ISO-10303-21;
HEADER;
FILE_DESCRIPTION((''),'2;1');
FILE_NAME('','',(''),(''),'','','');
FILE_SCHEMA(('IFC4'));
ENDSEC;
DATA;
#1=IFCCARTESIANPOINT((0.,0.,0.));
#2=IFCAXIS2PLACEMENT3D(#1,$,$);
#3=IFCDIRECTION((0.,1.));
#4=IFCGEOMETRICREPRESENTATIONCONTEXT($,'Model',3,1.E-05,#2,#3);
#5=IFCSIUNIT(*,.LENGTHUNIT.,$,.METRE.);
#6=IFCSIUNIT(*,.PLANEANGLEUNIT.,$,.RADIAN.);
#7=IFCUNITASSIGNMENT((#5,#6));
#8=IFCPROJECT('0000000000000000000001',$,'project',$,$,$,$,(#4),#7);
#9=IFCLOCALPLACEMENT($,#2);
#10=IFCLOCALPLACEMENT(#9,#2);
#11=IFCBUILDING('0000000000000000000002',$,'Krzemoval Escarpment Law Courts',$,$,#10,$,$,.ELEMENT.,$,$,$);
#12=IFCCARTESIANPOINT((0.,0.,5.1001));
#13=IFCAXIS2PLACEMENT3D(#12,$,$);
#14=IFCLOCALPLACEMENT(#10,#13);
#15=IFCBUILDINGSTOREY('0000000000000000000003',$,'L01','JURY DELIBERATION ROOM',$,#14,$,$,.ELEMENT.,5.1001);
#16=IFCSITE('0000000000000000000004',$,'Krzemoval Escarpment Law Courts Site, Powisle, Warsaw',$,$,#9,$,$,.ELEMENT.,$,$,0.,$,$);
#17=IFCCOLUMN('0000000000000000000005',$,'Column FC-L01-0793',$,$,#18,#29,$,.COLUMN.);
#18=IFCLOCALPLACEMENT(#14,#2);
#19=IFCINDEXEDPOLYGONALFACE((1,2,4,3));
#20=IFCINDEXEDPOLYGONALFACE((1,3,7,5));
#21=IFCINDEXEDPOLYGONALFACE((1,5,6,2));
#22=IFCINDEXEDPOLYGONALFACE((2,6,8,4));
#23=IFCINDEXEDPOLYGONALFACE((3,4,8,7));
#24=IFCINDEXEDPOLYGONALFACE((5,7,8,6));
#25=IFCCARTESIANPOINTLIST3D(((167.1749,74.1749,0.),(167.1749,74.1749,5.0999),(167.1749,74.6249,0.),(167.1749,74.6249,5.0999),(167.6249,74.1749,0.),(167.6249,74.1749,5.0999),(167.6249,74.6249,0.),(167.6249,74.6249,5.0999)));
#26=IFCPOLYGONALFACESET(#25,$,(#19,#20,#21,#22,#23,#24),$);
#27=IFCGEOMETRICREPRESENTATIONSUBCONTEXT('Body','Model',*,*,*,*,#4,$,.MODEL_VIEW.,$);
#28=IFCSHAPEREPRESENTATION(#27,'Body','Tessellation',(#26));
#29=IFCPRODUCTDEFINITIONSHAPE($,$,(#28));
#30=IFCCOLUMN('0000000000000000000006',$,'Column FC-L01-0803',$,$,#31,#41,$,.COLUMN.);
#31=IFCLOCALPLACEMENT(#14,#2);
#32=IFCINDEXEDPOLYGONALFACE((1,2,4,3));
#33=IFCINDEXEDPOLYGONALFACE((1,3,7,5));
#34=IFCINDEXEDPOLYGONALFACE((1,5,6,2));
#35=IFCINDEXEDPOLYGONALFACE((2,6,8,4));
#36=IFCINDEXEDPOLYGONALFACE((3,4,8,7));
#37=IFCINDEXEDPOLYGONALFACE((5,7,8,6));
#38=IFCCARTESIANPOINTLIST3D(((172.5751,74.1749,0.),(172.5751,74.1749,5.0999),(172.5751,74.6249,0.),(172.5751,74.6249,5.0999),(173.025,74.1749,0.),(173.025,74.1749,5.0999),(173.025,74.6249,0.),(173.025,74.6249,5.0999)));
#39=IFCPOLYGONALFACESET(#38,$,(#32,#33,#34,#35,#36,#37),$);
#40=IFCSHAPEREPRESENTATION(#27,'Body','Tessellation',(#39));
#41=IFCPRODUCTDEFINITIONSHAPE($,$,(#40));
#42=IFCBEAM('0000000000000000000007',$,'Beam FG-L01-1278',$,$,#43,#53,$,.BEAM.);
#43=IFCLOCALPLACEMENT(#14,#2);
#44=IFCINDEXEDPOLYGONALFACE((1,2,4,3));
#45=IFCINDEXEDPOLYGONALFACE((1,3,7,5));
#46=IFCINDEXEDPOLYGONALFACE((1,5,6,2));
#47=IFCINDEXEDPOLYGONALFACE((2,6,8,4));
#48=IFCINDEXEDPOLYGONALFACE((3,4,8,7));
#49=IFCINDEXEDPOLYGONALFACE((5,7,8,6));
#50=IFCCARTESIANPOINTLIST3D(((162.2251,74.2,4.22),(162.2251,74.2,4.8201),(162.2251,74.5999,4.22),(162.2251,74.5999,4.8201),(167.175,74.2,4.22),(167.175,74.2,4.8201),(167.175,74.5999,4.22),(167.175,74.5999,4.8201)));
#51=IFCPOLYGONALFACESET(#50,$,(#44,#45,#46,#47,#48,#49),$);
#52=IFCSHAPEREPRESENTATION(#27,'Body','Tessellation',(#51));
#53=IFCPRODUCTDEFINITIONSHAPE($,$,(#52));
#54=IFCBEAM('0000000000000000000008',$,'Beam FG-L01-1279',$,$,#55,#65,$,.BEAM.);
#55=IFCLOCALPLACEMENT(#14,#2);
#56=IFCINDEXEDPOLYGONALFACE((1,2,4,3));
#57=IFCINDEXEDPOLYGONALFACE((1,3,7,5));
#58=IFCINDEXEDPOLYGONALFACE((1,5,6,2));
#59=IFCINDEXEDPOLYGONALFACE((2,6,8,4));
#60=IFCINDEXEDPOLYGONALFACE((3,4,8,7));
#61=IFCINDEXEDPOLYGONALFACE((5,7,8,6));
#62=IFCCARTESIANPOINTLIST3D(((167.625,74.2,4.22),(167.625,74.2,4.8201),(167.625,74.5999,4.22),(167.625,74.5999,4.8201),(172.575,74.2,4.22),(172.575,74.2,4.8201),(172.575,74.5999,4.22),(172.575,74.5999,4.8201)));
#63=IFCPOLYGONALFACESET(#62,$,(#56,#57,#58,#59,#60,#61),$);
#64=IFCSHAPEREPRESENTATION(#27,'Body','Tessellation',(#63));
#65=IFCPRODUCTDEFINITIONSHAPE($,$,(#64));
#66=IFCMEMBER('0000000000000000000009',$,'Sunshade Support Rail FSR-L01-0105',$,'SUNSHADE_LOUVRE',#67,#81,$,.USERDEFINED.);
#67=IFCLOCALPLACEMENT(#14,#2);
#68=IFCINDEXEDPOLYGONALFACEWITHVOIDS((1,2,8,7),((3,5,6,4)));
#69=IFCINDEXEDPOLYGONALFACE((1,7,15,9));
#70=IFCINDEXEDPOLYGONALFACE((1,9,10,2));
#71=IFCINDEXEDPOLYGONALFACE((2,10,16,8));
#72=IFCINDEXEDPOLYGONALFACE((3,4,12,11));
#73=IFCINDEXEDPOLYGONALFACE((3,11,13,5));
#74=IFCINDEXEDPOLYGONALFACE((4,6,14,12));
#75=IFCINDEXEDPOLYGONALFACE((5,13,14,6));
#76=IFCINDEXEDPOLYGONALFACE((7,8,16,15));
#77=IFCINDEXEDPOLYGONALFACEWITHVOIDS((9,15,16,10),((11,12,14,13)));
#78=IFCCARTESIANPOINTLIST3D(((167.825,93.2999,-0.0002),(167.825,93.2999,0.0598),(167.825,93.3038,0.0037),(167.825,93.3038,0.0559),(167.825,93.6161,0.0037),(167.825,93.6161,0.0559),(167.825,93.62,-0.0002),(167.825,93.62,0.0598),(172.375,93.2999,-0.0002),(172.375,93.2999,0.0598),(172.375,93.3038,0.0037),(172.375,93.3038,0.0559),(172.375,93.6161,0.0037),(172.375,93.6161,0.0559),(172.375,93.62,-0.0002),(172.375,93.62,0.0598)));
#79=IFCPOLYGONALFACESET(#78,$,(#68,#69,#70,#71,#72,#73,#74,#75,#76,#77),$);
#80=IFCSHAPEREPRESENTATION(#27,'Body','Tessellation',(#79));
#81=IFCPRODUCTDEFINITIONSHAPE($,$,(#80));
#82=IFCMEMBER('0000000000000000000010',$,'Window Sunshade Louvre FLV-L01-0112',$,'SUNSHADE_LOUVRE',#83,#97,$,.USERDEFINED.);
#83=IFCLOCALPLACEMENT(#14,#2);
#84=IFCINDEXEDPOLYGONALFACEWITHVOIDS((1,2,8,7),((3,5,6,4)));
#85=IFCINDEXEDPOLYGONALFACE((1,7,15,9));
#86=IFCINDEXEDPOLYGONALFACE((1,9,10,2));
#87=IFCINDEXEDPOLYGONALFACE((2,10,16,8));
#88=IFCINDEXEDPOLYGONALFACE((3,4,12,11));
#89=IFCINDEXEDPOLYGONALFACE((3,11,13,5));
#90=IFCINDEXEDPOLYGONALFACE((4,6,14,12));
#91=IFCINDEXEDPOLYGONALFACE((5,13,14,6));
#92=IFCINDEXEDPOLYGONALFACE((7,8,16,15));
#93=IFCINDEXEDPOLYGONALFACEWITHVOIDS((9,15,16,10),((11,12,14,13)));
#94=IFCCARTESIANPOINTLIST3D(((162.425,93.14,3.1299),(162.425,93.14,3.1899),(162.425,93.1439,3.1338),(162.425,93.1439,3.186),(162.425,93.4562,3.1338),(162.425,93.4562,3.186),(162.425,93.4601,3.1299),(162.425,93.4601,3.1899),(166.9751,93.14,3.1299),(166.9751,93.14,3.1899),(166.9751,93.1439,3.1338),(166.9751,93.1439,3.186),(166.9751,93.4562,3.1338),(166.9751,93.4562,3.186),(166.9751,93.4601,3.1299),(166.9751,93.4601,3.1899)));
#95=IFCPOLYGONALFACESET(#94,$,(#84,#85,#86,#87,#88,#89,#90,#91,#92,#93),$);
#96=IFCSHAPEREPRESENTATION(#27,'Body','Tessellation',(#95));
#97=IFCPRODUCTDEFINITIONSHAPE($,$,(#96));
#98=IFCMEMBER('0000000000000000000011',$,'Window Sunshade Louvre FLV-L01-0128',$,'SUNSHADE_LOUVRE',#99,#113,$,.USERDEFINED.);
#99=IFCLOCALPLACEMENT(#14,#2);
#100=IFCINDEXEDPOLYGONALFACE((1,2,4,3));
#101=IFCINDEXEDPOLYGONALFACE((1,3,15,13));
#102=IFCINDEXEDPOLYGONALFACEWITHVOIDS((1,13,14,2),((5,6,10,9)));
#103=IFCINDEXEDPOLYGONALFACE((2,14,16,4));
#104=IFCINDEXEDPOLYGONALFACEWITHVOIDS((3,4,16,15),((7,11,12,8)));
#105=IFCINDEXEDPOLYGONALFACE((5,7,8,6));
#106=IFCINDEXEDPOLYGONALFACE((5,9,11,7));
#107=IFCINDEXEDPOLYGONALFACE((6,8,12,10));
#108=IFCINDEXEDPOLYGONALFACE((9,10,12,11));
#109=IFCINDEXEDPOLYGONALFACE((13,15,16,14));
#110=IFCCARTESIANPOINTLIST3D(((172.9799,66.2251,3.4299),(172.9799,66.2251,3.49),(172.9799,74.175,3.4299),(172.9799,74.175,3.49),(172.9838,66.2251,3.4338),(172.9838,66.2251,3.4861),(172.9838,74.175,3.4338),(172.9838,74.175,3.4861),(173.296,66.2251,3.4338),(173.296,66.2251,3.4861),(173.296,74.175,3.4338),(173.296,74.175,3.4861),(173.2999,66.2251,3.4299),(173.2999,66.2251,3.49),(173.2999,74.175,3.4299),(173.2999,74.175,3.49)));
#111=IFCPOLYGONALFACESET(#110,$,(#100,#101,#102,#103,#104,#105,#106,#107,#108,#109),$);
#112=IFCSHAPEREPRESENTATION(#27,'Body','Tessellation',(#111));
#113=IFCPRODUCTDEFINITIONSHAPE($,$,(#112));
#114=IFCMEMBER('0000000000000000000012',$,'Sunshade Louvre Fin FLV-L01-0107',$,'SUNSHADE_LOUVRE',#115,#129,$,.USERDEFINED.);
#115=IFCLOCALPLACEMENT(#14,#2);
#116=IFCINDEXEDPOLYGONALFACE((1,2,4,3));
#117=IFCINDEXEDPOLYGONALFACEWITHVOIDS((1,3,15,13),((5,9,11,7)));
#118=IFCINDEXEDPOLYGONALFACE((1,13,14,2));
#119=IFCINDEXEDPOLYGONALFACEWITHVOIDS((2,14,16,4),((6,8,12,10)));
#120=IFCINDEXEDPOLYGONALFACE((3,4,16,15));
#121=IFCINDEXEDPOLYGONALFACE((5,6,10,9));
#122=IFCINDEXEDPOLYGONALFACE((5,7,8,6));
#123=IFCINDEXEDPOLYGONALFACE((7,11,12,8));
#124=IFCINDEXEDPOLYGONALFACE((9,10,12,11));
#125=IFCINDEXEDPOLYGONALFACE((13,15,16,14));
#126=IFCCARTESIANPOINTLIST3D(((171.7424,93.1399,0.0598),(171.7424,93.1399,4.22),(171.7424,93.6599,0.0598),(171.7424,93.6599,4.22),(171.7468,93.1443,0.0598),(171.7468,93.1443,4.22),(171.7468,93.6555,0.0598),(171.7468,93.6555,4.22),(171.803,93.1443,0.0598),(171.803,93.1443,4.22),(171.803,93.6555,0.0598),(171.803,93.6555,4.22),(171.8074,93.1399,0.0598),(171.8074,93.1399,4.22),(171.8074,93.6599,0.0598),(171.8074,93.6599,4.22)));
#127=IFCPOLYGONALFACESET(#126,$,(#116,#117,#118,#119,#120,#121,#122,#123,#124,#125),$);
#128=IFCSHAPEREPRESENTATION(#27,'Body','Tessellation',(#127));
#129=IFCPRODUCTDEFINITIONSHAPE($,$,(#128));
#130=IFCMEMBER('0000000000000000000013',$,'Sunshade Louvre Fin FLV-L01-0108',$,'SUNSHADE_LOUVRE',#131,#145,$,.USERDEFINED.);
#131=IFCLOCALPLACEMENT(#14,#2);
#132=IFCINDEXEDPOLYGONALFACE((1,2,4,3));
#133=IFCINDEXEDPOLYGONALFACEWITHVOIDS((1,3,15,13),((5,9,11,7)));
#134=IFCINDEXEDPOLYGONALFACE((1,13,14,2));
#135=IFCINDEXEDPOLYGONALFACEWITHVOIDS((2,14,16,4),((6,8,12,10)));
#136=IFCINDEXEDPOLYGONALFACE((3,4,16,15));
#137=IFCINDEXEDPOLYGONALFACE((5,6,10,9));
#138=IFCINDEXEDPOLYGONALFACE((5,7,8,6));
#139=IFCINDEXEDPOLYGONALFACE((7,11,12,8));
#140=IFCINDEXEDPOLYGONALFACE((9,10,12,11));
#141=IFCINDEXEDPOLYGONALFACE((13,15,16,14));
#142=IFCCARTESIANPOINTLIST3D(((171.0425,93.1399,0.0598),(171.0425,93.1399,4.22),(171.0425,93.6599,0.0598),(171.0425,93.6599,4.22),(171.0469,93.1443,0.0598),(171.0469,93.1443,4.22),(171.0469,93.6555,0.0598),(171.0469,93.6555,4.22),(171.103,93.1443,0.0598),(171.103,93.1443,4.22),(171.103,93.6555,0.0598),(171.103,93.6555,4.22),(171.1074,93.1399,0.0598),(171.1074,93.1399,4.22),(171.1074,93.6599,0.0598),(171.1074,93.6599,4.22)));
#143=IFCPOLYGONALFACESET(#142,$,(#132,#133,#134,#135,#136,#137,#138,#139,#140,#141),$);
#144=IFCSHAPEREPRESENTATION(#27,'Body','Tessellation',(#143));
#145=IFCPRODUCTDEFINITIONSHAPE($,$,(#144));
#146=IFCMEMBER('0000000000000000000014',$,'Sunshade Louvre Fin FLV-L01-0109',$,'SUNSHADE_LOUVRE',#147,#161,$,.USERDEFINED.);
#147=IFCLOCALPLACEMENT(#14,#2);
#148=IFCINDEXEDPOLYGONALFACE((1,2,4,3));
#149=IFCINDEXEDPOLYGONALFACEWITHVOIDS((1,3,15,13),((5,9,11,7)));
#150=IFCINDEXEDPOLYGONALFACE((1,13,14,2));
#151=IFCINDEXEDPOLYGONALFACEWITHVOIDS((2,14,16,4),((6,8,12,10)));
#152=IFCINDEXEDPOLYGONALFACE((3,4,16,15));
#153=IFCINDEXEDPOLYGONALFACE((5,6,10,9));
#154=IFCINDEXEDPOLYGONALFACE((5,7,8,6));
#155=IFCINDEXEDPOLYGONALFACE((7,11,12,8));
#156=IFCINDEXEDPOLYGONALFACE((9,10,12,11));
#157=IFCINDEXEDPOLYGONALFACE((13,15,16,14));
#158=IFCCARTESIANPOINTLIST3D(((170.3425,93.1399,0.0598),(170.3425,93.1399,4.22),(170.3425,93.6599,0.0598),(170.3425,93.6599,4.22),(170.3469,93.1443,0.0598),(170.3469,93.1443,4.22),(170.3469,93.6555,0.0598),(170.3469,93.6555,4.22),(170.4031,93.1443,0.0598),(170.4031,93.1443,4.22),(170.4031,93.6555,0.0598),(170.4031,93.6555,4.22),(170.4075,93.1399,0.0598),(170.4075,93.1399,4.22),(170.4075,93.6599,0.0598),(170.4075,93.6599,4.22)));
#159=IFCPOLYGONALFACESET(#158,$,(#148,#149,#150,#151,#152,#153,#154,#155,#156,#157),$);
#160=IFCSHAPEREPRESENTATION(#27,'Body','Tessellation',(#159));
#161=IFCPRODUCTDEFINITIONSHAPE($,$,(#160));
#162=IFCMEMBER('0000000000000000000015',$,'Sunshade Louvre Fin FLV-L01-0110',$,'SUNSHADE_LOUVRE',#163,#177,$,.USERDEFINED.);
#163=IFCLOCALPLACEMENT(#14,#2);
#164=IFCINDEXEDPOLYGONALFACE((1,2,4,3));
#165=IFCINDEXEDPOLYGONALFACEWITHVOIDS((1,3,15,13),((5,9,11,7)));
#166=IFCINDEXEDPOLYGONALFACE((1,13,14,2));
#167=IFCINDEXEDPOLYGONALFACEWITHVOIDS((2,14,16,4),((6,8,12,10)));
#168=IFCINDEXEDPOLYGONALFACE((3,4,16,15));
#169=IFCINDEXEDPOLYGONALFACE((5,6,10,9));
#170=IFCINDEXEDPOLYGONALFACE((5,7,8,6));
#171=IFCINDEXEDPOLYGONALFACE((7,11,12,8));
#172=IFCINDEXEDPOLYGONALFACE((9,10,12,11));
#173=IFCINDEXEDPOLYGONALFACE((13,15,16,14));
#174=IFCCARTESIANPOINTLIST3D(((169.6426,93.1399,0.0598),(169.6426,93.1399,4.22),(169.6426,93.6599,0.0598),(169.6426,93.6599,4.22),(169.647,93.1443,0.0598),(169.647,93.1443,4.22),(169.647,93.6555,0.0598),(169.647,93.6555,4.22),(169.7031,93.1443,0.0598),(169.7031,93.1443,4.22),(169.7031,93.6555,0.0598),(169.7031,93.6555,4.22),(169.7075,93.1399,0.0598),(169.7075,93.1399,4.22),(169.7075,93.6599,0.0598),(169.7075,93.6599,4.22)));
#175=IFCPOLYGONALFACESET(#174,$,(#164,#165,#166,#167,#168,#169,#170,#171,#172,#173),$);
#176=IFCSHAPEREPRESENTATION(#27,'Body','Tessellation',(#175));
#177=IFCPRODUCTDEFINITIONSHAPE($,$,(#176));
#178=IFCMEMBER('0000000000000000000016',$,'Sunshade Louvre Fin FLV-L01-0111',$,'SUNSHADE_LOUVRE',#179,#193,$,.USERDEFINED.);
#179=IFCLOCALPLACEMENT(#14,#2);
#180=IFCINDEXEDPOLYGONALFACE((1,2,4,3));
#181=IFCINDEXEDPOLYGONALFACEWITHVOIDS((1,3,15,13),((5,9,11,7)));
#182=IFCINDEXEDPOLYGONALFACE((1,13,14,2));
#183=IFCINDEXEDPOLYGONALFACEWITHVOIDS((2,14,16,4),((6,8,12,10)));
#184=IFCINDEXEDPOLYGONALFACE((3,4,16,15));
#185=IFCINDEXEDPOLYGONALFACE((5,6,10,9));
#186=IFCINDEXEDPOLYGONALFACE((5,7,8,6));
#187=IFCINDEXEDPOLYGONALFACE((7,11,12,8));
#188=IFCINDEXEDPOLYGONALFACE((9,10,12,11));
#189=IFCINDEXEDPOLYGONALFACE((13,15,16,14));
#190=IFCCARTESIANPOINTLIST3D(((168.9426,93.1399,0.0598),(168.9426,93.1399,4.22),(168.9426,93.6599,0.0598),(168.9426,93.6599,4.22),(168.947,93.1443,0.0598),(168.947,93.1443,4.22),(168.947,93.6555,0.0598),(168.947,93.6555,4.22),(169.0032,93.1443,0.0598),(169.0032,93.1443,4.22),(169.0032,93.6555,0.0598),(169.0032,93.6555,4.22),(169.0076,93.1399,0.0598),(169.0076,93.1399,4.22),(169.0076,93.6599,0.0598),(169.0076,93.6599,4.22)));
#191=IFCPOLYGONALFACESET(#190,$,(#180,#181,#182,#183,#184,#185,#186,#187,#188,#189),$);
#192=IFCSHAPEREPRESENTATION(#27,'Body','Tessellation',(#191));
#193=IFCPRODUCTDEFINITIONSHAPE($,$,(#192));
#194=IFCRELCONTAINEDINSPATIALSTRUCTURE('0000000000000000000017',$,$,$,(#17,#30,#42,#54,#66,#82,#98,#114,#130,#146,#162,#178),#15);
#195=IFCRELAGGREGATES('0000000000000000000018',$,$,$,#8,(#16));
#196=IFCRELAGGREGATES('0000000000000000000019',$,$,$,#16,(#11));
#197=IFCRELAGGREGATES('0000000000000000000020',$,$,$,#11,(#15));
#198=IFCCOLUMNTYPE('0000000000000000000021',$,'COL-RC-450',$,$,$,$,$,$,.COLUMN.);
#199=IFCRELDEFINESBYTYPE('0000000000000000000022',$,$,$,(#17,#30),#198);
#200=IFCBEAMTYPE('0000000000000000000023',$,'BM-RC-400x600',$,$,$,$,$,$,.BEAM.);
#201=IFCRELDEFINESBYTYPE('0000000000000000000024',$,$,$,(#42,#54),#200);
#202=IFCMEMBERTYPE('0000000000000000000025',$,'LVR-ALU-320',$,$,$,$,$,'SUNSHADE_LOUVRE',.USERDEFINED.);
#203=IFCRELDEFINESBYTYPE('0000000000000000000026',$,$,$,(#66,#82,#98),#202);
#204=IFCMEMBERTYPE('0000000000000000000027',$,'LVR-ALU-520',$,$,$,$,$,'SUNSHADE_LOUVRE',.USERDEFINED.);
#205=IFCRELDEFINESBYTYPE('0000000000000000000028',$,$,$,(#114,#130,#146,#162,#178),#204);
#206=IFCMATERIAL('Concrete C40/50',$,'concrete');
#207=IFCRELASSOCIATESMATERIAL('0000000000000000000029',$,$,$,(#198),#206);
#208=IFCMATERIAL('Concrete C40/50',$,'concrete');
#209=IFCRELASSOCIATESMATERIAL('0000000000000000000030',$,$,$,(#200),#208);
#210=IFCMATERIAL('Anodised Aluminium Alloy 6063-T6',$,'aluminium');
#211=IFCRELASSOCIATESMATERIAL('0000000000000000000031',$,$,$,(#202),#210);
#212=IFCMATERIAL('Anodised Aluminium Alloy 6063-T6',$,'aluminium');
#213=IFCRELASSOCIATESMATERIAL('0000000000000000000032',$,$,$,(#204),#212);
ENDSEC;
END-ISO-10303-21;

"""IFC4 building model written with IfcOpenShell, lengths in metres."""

from ifc_helpers import new_model, si_unit, direction, frame, origin, origin_2d, place, context, subcontext, project, spatial, rectangle, hollow_rectangle, extrude, material, material_profile, profile_set, type_object, element, save


model = new_model("IFC4")

# Units and contexts
model_context = context("Model", 3, precision=1e-05, world=origin(), true_north=direction((0.0, 1.0)))
body_context = subcontext(model_context, "Body", "Model", "MODEL_VIEW")
ifc_project = project(units=[si_unit("LENGTHUNIT", "METRE"), si_unit("PLANEANGLEUNIT", "RADIAN")], contexts=[model_context])

# Site, building, storey
site_placement = place(None, origin())
site = spatial("IfcSite", under=ifc_project, at=site_placement, Name="Krzemoval Escarpment Law Courts Site, Powisle, Warsaw", CompositionType="ELEMENT", RefElevation=0.0)
building_placement = place(site_placement, origin())
building = spatial("IfcBuilding", under=site, at=building_placement, Name="Krzemoval Escarpment Law Courts", CompositionType="ELEMENT")
storey_placement = place(building_placement, frame((0.0, 0.0, 5.1001)))
storey = spatial("IfcBuildingStorey", under=building, at=storey_placement, Name="L01", Description="JURY DELIBERATION ROOM", CompositionType="ELEMENT", Elevation=5.1001)

# Columns
ifc_material_1 = material(Name="Concrete C40/50", Category="concrete")
ifc_material_profile_1 = material_profile(ifc_material_1, rectangle(XDim=0.45, YDim=0.45, at=origin_2d()), Name="RC 450x450")
ifc_profile_set_1 = profile_set([ifc_material_profile_1], Name="Concrete C40/50")
column_type = type_object("IfcColumnType", Name="COL-RC-450", PredefinedType="COLUMN", material=ifc_profile_set_1)
for number, where, z_axis, x_axis, name in (
    (1, (167.3999, 74.3999, 0.0), (0.0, 0.0, 1.0), (1.0, 0.0, 0.0), "Column FC-L01-0793"),
    (2, (172.8, 74.3999, 0.0), (0.0, 0.0, 1.0), (1.0, 0.0, 0.0), "Column FC-L01-0803"),
):
    element("IfcColumn", number, at=place(storey_placement, frame(where, z_axis=z_axis, x_axis=x_axis)), inside=storey, type_object=column_type, Name=name, PredefinedType="COLUMN", context=body_context, shape_type="SweptSolid", body=[
        extrude(rectangle(XDim=0.45, YDim=0.45, at=origin_2d()), origin(), (0.0, 0.0, 1.0), 5.0999),
    ])

# Beams
ifc_material_2 = material(Name="Concrete C40/50", Category="concrete")
ifc_material_profile_2 = material_profile(ifc_material_2, rectangle(XDim=0.3999, YDim=0.6001, at=origin_2d()), Name="RCB 400x600")
ifc_profile_set_2 = profile_set([ifc_material_profile_2], Name="Concrete C40/50")
beam_type = type_object("IfcBeamType", Name="BM-RC-400x600", PredefinedType="BEAM", material=ifc_profile_set_2)
for number, where, z_axis, x_axis, name in (
    (3, (162.2251, 74.3999, 4.52), (1.0, 0.0, 0.0), (0.0, 1.0, 0.0), "Beam FG-L01-1278"),
    (4, (167.625, 74.3999, 4.52), (1.0, 0.0, 0.0), (0.0, 1.0, 0.0), "Beam FG-L01-1279"),
):
    element("IfcBeam", number, at=place(storey_placement, frame(where, z_axis=z_axis, x_axis=x_axis)), inside=storey, type_object=beam_type, Name=name, PredefinedType="BEAM", context=body_context, shape_type="SweptSolid", body=[
        extrude(rectangle(XDim=0.3999, YDim=0.6001, at=origin_2d()), origin(), (0.0, 0.0, 1.0), 4.95),
    ])

# Members
ifc_material_3 = material(Name="Anodised Aluminium Alloy 6063-T6", Category="aluminium")
ifc_material_profile_3 = material_profile(ifc_material_3, hollow_rectangle(XDim=0.0601, YDim=0.3201, WallThickness=0.0039, at=origin_2d()), Name="ALU LVR 60x320")
ifc_profile_set_3 = profile_set([ifc_material_profile_3], Name="Anodised Aluminium Alloy 6063-T6")
member_type_1 = type_object("IfcMemberType", Name="LVR-ALU-320", ElementType="SUNSHADE_LOUVRE", PredefinedType="USERDEFINED", material=ifc_profile_set_3)
for number, where, z_axis, x_axis, name in (
    (5, (172.375, 93.46, 0.0298), (-1.0, 0.0, 0.0), (0.0, 0.0, 1.0), "Sunshade Support Rail FSR-L01-0105"),
    (6, (166.9751, 93.3, 3.1599), (-1.0, 0.0, 0.0), (0.0, 0.0, 1.0), "Window Sunshade Louvre FLV-L01-0112"),
):
    element("IfcMember", number, at=place(storey_placement, frame(where, z_axis=z_axis, x_axis=x_axis)), inside=storey, type_object=member_type_1, Name=name, ObjectType="SUNSHADE_LOUVRE", PredefinedType="USERDEFINED", context=body_context, shape_type="SweptSolid", body=[
        extrude(hollow_rectangle(XDim=0.0601, YDim=0.3201, WallThickness=0.0039, at=origin_2d()), origin(), (0.0, 0.0, 1.0), 4.55),
    ])
member_placement = place(storey_placement, frame((173.1399, 74.175, 3.46), z_axis=(0.0, -1.0, 0.0), x_axis=(0.0, 0.0, 1.0)))
element("IfcMember", 7, at=member_placement, inside=storey, type_object=member_type_1, Name="Window Sunshade Louvre FLV-L01-0128", ObjectType="SUNSHADE_LOUVRE", PredefinedType="USERDEFINED", context=body_context, shape_type="SweptSolid", body=[
    extrude(hollow_rectangle(XDim=0.0601, YDim=0.3201, WallThickness=0.0039, at=origin_2d()), origin(), (0.0, 0.0, 1.0), 7.95),
])
ifc_material_4 = material(Name="Anodised Aluminium Alloy 6063-T6", Category="aluminium")
ifc_material_profile_4 = material_profile(ifc_material_4, hollow_rectangle(XDim=0.0649, YDim=0.52, WallThickness=0.0044, at=origin_2d()), Name="ALU LVR 65x520")
ifc_profile_set_4 = profile_set([ifc_material_profile_4], Name="Anodised Aluminium Alloy 6063-T6")
member_type_2 = type_object("IfcMemberType", Name="LVR-ALU-520", ElementType="SUNSHADE_LOUVRE", PredefinedType="USERDEFINED", material=ifc_profile_set_4)
for number, where, z_axis, x_axis, name in (
    (8, (171.7749, 93.3999, 0.0598), (0.0, 0.0, 1.0), (1.0, 0.0, 0.0), "Sunshade Louvre Fin FLV-L01-0107"),
    (9, (171.075, 93.3999, 0.0598), (0.0, 0.0, 1.0), (1.0, 0.0, 0.0), "Sunshade Louvre Fin FLV-L01-0108"),
    (10, (170.375, 93.3999, 0.0598), (0.0, 0.0, 1.0), (1.0, 0.0, 0.0), "Sunshade Louvre Fin FLV-L01-0109"),
    (11, (169.675, 93.3999, 0.0598), (0.0, 0.0, 1.0), (1.0, 0.0, 0.0), "Sunshade Louvre Fin FLV-L01-0110"),
    (12, (168.9751, 93.3999, 0.0598), (0.0, 0.0, 1.0), (1.0, 0.0, 0.0), "Sunshade Louvre Fin FLV-L01-0111"),
):
    element("IfcMember", number, at=place(storey_placement, frame(where, z_axis=z_axis, x_axis=x_axis)), inside=storey, type_object=member_type_2, Name=name, ObjectType="SUNSHADE_LOUVRE", PredefinedType="USERDEFINED", context=body_context, shape_type="SweptSolid", body=[
        extrude(hollow_rectangle(XDim=0.0649, YDim=0.52, WallThickness=0.0044, at=origin_2d()), origin(), (0.0, 0.0, 1.0), 4.1602),
    ])

save(model, "model.ifc")
